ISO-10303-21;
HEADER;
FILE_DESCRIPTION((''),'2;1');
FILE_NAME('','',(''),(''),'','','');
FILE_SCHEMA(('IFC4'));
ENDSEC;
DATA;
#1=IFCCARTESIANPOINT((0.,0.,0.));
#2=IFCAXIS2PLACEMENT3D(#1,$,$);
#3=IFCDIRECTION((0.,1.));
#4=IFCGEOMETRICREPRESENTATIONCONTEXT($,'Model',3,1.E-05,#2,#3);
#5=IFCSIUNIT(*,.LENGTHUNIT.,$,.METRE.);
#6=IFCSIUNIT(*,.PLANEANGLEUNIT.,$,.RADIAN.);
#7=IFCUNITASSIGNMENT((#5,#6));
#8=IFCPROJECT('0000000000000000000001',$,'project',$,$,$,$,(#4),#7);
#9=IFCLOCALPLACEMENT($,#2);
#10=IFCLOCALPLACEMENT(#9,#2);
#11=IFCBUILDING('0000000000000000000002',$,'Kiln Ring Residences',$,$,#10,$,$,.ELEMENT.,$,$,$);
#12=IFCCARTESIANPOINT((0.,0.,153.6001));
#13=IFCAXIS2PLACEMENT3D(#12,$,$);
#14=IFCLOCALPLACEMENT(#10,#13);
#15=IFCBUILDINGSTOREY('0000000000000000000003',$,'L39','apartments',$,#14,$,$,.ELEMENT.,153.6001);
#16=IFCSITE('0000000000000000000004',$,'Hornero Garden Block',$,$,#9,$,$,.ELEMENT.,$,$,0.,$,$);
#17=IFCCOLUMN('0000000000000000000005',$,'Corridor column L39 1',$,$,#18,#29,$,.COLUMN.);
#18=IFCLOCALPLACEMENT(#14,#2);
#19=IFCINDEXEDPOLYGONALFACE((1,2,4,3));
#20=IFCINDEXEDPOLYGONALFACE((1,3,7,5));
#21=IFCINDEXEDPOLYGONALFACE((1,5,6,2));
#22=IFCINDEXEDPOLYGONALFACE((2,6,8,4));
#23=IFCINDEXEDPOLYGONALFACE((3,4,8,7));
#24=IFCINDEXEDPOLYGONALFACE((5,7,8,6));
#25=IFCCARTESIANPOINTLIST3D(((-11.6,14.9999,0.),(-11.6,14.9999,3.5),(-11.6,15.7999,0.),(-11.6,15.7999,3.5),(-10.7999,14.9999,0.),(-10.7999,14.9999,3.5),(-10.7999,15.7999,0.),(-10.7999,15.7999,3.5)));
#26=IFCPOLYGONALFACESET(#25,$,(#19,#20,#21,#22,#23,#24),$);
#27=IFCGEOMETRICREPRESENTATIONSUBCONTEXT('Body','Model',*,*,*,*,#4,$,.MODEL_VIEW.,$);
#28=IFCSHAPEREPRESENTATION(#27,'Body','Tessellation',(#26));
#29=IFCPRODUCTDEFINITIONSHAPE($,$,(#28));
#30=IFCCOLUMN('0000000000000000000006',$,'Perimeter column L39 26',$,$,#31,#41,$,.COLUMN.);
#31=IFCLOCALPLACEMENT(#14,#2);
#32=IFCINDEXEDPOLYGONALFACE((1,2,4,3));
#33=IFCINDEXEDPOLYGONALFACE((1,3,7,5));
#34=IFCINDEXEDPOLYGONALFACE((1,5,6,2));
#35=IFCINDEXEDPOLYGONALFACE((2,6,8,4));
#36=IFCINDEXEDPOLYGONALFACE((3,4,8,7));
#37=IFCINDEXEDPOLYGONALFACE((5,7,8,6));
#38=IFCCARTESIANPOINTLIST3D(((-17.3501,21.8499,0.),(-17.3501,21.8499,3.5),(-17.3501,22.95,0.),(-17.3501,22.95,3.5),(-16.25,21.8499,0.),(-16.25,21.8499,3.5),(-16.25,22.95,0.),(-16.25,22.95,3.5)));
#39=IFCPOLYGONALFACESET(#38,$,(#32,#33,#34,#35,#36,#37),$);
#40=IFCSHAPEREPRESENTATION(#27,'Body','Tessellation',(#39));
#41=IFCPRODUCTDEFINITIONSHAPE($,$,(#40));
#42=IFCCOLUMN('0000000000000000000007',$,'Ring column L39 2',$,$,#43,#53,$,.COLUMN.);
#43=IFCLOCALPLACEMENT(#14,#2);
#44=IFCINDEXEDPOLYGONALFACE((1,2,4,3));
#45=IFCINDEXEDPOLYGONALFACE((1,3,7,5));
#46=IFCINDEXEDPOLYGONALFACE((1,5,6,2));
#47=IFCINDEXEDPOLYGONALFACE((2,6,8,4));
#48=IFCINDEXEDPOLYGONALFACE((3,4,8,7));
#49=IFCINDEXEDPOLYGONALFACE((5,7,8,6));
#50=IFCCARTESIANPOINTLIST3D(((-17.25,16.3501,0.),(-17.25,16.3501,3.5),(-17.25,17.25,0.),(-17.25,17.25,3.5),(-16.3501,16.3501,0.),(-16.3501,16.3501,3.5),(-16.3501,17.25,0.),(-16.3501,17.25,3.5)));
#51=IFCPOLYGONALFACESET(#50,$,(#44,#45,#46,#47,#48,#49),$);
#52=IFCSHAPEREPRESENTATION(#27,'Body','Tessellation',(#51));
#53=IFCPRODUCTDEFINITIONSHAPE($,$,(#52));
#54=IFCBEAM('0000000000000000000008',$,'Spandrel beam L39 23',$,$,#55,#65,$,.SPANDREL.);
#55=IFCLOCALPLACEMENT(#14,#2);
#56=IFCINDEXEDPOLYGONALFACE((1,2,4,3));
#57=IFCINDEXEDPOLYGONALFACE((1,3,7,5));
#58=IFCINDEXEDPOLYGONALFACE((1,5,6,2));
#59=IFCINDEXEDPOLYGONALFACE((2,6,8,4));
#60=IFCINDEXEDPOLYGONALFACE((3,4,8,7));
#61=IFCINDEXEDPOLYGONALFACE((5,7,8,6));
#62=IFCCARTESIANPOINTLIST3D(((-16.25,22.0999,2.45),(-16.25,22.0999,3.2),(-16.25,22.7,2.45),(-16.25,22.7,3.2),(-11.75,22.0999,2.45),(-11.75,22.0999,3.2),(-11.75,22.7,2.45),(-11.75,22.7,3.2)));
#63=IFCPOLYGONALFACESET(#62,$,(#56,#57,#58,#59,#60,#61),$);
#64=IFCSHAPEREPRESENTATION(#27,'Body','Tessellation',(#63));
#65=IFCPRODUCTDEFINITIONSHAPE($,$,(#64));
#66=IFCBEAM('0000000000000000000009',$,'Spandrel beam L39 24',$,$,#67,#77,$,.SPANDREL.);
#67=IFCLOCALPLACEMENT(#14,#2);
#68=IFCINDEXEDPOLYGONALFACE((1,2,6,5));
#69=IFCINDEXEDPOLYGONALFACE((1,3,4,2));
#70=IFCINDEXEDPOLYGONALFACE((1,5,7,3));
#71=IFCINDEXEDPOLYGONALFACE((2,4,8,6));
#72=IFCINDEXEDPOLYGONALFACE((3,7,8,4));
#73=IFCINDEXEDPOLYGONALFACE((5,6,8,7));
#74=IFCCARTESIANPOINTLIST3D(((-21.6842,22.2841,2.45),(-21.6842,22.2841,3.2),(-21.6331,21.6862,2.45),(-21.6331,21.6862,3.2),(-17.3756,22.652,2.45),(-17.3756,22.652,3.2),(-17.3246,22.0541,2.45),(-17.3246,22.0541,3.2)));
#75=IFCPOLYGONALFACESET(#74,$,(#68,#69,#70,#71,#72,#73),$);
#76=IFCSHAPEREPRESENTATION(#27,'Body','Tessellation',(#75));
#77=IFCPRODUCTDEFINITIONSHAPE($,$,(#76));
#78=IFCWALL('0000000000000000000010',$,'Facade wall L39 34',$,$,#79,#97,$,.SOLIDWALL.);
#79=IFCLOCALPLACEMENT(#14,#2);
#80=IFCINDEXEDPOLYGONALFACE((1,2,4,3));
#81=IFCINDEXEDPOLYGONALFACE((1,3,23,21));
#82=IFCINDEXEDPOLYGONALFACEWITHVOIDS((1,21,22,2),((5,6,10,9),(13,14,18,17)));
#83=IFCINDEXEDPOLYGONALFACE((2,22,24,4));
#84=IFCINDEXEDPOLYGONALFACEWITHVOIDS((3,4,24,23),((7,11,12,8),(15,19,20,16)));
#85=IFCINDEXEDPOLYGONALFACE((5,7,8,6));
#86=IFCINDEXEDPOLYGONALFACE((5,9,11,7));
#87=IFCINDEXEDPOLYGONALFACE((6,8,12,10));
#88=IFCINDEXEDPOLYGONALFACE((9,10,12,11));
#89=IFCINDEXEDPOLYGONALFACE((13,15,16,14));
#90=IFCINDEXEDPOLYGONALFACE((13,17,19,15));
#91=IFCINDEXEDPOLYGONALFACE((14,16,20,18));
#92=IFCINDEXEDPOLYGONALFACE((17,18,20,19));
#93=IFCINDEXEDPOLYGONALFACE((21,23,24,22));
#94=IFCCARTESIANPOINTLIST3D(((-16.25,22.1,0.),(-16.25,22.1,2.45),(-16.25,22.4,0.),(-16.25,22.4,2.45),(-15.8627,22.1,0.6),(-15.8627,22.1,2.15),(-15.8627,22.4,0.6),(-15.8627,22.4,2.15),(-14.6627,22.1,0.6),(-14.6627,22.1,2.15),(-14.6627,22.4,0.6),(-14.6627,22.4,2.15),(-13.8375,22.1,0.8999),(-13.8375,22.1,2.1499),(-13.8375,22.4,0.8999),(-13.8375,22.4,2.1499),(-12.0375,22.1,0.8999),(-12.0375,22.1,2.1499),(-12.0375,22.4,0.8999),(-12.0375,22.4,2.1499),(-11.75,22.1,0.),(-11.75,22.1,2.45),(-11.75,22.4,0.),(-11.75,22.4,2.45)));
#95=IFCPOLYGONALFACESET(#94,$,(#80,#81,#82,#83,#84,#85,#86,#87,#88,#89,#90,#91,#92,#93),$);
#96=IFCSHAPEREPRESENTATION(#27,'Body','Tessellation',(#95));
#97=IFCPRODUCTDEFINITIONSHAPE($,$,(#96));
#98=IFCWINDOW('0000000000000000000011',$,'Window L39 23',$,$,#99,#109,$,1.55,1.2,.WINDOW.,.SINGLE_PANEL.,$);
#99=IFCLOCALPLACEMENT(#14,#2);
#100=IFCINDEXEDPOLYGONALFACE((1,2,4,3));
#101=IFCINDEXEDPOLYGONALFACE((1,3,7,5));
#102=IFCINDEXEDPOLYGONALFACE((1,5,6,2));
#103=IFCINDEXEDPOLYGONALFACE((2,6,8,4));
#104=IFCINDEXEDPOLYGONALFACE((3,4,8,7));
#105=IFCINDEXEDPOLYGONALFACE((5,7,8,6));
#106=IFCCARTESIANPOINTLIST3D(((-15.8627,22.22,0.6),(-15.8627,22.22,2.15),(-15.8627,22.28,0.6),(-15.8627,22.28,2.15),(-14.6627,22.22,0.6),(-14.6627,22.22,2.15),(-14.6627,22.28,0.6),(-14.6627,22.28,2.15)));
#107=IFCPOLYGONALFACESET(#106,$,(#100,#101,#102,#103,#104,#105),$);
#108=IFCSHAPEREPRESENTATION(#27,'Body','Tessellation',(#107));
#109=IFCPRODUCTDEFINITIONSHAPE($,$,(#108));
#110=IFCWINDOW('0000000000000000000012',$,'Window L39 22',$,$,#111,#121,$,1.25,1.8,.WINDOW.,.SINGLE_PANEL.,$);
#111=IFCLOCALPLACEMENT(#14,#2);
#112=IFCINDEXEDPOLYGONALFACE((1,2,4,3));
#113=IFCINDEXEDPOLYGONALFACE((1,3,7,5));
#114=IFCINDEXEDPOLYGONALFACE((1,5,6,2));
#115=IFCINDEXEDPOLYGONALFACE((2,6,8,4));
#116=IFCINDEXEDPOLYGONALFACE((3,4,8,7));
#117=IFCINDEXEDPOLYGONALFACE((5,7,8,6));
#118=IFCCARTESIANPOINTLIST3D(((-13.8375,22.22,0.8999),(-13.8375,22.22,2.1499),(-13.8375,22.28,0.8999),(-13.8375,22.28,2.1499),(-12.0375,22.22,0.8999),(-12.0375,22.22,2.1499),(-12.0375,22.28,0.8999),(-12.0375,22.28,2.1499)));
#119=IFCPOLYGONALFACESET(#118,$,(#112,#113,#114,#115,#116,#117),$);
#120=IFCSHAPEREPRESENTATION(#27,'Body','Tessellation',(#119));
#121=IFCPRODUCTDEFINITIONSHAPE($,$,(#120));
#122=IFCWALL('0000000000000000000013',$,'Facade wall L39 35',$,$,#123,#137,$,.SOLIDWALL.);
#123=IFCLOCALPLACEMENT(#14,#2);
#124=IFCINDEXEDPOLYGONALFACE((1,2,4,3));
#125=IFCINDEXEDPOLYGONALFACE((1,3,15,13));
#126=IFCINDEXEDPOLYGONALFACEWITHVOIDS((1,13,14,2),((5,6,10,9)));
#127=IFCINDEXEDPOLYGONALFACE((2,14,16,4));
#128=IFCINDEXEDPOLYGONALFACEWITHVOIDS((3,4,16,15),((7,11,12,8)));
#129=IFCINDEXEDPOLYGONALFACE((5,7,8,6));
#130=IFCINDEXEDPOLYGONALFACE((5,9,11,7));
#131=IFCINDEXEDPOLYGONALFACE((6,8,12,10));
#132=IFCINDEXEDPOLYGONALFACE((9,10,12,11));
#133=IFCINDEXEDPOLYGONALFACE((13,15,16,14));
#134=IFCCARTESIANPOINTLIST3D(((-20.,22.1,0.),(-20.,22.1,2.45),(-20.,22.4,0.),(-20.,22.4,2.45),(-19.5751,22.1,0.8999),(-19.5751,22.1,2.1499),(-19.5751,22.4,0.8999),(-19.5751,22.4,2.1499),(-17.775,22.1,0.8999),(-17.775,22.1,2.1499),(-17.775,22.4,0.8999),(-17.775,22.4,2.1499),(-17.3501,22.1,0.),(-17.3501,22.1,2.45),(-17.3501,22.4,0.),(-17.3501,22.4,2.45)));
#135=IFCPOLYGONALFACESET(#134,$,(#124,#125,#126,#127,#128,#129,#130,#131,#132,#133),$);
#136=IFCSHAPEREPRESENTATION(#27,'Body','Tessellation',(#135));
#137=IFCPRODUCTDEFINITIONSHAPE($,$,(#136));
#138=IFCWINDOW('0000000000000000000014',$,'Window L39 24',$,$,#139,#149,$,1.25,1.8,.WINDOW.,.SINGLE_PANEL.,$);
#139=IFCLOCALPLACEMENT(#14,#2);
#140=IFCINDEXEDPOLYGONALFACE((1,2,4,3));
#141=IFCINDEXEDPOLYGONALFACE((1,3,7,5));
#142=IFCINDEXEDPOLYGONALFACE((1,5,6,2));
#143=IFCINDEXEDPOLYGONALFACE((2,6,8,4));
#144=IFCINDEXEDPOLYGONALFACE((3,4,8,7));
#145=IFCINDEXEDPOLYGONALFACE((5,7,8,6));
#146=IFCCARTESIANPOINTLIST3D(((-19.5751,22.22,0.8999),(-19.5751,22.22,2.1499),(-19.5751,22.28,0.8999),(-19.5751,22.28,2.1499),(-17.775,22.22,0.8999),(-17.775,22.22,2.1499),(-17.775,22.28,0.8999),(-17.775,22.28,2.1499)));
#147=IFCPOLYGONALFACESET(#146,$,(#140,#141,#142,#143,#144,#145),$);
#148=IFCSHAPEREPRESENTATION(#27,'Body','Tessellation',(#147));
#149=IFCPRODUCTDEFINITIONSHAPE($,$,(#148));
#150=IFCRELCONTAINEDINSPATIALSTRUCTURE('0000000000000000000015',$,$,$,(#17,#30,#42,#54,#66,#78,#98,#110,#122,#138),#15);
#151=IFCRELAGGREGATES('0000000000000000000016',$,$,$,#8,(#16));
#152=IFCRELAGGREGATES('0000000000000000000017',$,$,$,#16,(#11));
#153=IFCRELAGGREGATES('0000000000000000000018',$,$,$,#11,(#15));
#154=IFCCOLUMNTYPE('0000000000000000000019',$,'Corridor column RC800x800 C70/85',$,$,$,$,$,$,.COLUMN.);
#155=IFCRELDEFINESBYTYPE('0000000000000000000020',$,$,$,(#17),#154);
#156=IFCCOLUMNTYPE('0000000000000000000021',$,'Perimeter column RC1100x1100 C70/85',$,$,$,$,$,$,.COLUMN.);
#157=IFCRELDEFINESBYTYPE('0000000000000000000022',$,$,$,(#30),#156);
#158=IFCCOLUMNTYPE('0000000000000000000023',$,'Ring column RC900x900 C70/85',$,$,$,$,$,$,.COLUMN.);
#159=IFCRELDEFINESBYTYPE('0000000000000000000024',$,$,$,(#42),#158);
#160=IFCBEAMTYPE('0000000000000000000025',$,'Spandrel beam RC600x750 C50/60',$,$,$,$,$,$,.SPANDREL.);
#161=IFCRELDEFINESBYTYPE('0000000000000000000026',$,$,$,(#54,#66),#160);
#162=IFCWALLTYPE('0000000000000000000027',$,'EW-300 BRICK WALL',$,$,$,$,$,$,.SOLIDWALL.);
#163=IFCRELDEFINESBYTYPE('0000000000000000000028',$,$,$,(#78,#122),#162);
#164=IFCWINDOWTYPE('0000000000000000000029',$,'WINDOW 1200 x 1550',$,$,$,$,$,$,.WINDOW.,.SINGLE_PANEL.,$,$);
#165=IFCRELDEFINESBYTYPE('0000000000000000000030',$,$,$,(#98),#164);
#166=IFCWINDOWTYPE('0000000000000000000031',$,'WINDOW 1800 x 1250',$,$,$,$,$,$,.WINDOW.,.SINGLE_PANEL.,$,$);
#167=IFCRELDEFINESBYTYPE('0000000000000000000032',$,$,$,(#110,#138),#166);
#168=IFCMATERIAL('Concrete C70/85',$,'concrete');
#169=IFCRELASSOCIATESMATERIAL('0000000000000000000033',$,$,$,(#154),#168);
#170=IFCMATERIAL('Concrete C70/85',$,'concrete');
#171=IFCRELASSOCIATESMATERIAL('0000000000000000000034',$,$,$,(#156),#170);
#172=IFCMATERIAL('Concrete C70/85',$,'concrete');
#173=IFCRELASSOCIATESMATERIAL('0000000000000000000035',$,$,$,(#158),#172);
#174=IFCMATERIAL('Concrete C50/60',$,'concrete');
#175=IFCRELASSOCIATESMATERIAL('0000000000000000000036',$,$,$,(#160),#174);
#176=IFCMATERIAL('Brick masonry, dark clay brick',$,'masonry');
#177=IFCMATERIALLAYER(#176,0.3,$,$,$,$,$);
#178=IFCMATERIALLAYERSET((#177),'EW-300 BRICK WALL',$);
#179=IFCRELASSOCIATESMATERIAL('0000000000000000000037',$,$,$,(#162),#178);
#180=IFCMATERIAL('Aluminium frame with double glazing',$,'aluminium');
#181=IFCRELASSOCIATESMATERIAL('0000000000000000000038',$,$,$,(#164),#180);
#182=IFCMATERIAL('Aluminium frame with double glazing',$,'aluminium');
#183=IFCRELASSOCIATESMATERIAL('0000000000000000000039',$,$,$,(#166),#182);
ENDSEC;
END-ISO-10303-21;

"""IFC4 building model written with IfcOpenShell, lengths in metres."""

from ifc_helpers import new_model, si_unit, direction, frame, frame_2d, origin, origin_2d, place, context, subcontext, project, spatial, rectangle, extrude, material, layer, layer_set, material_profile, profile_set, type_object, element, fill, save


model = new_model("IFC4")

# Units and contexts
model_context = context("Model", 3, precision=1e-05, world=origin(), true_north=direction((0.0, 1.0)))
body_context = subcontext(model_context, "Body", "Model", "MODEL_VIEW")
ifc_project = project(units=[si_unit("LENGTHUNIT", "METRE"), si_unit("PLANEANGLEUNIT", "RADIAN")], contexts=[model_context])

# Site, building, storey
site_placement = place(None, origin())
site = spatial("IfcSite", under=ifc_project, at=site_placement, Name="Hornero Garden Block", CompositionType="ELEMENT", RefElevation=0.0)
building_placement = place(site_placement, origin())
building = spatial("IfcBuilding", under=site, at=building_placement, Name="Kiln Ring Residences", CompositionType="ELEMENT")
storey_placement = place(building_placement, frame((0.0, 0.0, 153.6001)))
storey = spatial("IfcBuildingStorey", under=building, at=storey_placement, Name="L39", Description="apartments", CompositionType="ELEMENT", Elevation=153.6001)

# Columns
ifc_material_1 = material(Name="Concrete C70/85", Category="concrete")
ifc_material_profile_1 = material_profile(ifc_material_1, rectangle(XDim=0.8, YDim=0.8, at=origin_2d()), Name="RC800x800")
ifc_profile_set_1 = profile_set([ifc_material_profile_1], Name="Concrete C70/85")
column_type_1 = type_object("IfcColumnType", Name="Corridor column RC800x800 C70/85", PredefinedType="COLUMN", material=ifc_profile_set_1)
column_1_placement = place(storey_placement, frame((-11.2, 15.3999, 0.0), z_axis=(0.0, 0.0, 1.0), x_axis=(1.0, 0.0, 0.0)))
element("IfcColumn", 1, at=column_1_placement, inside=storey, type_object=column_type_1, Name="Corridor column L39 1", PredefinedType="COLUMN", context=body_context, shape_type="SweptSolid", body=[
    extrude(rectangle(XDim=0.8, YDim=0.8, at=origin_2d()), origin(), (0.0, 0.0, 1.0), 3.5),
])
ifc_material_2 = material(Name="Concrete C70/85", Category="concrete")
ifc_material_profile_2 = material_profile(ifc_material_2, rectangle(XDim=1.1001, YDim=1.1001, at=origin_2d()), Name="RC1100x1100")
ifc_profile_set_2 = profile_set([ifc_material_profile_2], Name="Concrete C70/85")
column_type_2 = type_object("IfcColumnType", Name="Perimeter column RC1100x1100 C70/85", PredefinedType="COLUMN", material=ifc_profile_set_2)
column_2_placement = place(storey_placement, frame((-16.8, 22.3999, 0.0), z_axis=(0.0, 0.0, 1.0), x_axis=(1.0, 0.0, 0.0)))
element("IfcColumn", 2, at=column_2_placement, inside=storey, type_object=column_type_2, Name="Perimeter column L39 26", PredefinedType="COLUMN", context=body_context, shape_type="SweptSolid", body=[
    extrude(rectangle(XDim=1.1001, YDim=1.1001, at=origin_2d()), origin(), (0.0, 0.0, 1.0), 3.5),
])
ifc_material_3 = material(Name="Concrete C70/85", Category="concrete")
ifc_material_profile_3 = material_profile(ifc_material_3, rectangle(XDim=0.8999, YDim=0.8999, at=origin_2d()), Name="RC900x900")
ifc_profile_set_3 = profile_set([ifc_material_profile_3], Name="Concrete C70/85")
column_type_3 = type_object("IfcColumnType", Name="Ring column RC900x900 C70/85", PredefinedType="COLUMN", material=ifc_profile_set_3)
column_3_placement = place(storey_placement, frame((-16.8, 16.8, 0.0), z_axis=(0.0, 0.0, 1.0), x_axis=(1.0, 0.0, 0.0)))
element("IfcColumn", 3, at=column_3_placement, inside=storey, type_object=column_type_3, Name="Ring column L39 2", PredefinedType="COLUMN", context=body_context, shape_type="SweptSolid", body=[
    extrude(rectangle(XDim=0.8999, YDim=0.8999, at=origin_2d()), origin(), (0.0, 0.0, 1.0), 3.5),
])

# Beams
ifc_material_4 = material(Name="Concrete C50/60", Category="concrete")
ifc_material_profile_4 = material_profile(ifc_material_4, rectangle(XDim=0.6001, YDim=0.75, at=origin_2d()), Name="RC600x750")
ifc_profile_set_4 = profile_set([ifc_material_profile_4], Name="Concrete C50/60")
beam_type = type_object("IfcBeamType", Name="Spandrel beam RC600x750 C50/60", PredefinedType="SPANDREL", material=ifc_profile_set_4)
beam_1_placement = place(storey_placement, frame((-11.75, 22.3999, 2.825), z_axis=(-1.0, 0.0, 0.0), x_axis=(0.0, -1.0, 0.0)))
element("IfcBeam", 4, at=beam_1_placement, inside=storey, type_object=beam_type, Name="Spandrel beam L39 23", PredefinedType="SPANDREL", context=body_context, shape_type="SweptSolid", body=[
    extrude(rectangle(XDim=0.6001, YDim=0.75, at=origin_2d()), origin(), (0.0, 0.0, 1.0), 4.5),
])
beam_2_placement = place(storey_placement, frame((-17.3501, 22.353, 2.825), z_axis=(-0.996374, -0.085082, 0.0), x_axis=(0.085082, -0.996374, 0.0)))
element("IfcBeam", 5, at=beam_2_placement, inside=storey, type_object=beam_type, Name="Spandrel beam L39 24", PredefinedType="SPANDREL", context=body_context, shape_type="SweptSolid", body=[
    extrude(rectangle(XDim=0.6001, YDim=0.75, at=origin_2d()), origin(), (0.0, 0.0, 1.0), 4.3242),
])

# Wall, openings, windows
ifc_material_5 = material(Name="Brick masonry, dark clay brick", Category="masonry")
ifc_layer_1 = layer(ifc_material_5, 0.3)
ifc_layer_set_1 = layer_set([ifc_layer_1], Name="EW-300 BRICK WALL")
wall_type_1 = type_object("IfcWallType", Name="EW-300 BRICK WALL", PredefinedType="SOLIDWALL", material=ifc_layer_set_1)
wall_1_placement = place(storey_placement, frame((-11.75, 22.25, 0.0), z_axis=(0.0, 0.0, 1.0), x_axis=(-1.0, 0.0, 0.0)))
wall_1 = element("IfcWall", 6, at=wall_1_placement, inside=storey, type_object=wall_type_1, Name="Facade wall L39 34", PredefinedType="SOLIDWALL", context=body_context, shape_type="SweptSolid", body=[
    extrude(rectangle(XDim=4.5, YDim=0.3, at=frame_2d((2.25, 0.0))), origin(), (0.0, 0.0, 1.0), 2.45),
])
opening_1_placement = place(wall_1_placement, frame((0.2876, 0.0, 0.8999)))
opening_1 = element("IfcOpeningElement", 7, at=opening_1_placement, cuts=wall_1, PredefinedType="OPENING", context=body_context, shape_type="SweptSolid", body=[
    extrude(rectangle(XDim=1.8, YDim=1.25, at=frame_2d((0.8999, 0.625))), frame((0.0, 0.1599, 0.0), z_axis=(0.0, -1.0, 0.0), x_axis=(1.0, 0.0, 0.0)), (0.0, 0.0, 1.0), 0.3201),
])
opening_2_placement = place(wall_1_placement, frame((2.9126, 0.0, 0.6001)))
opening_2 = element("IfcOpeningElement", 8, at=opening_2_placement, cuts=wall_1, PredefinedType="OPENING", context=body_context, shape_type="SweptSolid", body=[
    extrude(rectangle(XDim=1.2, YDim=1.55, at=frame_2d((0.6001, 0.7749))), frame((0.0, 0.1599, 0.0), z_axis=(0.0, -1.0, 0.0), x_axis=(1.0, 0.0, 0.0)), (0.0, 0.0, 1.0), 0.3201),
])
ifc_material_6 = material(Name="Aluminium frame with double glazing", Category="aluminium")
window_type_1 = type_object("IfcWindowType", Name="WINDOW 1200 x 1550", PartitioningType="SINGLE_PANEL", PredefinedType="WINDOW", material=ifc_material_6)
window_1_placement = place(opening_2_placement, origin())
window_1 = element("IfcWindow", 9, at=window_1_placement, inside=storey, type_object=window_type_1, Name="Window L39 23", OverallHeight=1.55, OverallWidth=1.2, PartitioningType="SINGLE_PANEL", PredefinedType="WINDOW", context=body_context, shape_type="SweptSolid", body=[
    extrude(rectangle(XDim=1.2, YDim=1.55, at=frame_2d((0.6001, 0.7749))), frame((0.0, 0.03, 0.0), z_axis=(0.0, -1.0, 0.0), x_axis=(1.0, 0.0, 0.0)), (0.0, 0.0, 1.0), 0.0601),
])
fill(opening_2, window_1)
ifc_material_7 = material(Name="Aluminium frame with double glazing", Category="aluminium")
window_type_2 = type_object("IfcWindowType", Name="WINDOW 1800 x 1250", PartitioningType="SINGLE_PANEL", PredefinedType="WINDOW", material=ifc_material_7)
window_2_placement = place(opening_1_placement, origin())
window_2 = element("IfcWindow", 10, at=window_2_placement, inside=storey, type_object=window_type_2, Name="Window L39 22", OverallHeight=1.25, OverallWidth=1.8, PartitioningType="SINGLE_PANEL", PredefinedType="WINDOW", context=body_context, shape_type="SweptSolid", body=[
    extrude(rectangle(XDim=1.8, YDim=1.25, at=frame_2d((0.8999, 0.625))), frame((0.0, 0.03, 0.0), z_axis=(0.0, -1.0, 0.0), x_axis=(1.0, 0.0, 0.0)), (0.0, 0.0, 1.0), 0.0601),
])
fill(opening_1, window_2)

# Wall, opening, window
wall_2_placement = place(storey_placement, frame((-17.3501, 22.25, 0.0), z_axis=(0.0, 0.0, 1.0), x_axis=(-1.0, 0.0, 0.0)))
wall_2 = element("IfcWall", 11, at=wall_2_placement, inside=storey, type_object=wall_type_1, Name="Facade wall L39 35", PredefinedType="SOLIDWALL", context=body_context, shape_type="SweptSolid", body=[
    extrude(rectangle(XDim=2.6499, YDim=0.3, at=frame_2d((1.325, 0.0))), origin(), (0.0, 0.0, 1.0), 2.45),
])
opening_3_placement = place(wall_2_placement, frame((0.425, 0.0, 0.8999)))
opening_3 = element("IfcOpeningElement", 12, at=opening_3_placement, cuts=wall_2, PredefinedType="OPENING", context=body_context, shape_type="SweptSolid", body=[
    extrude(rectangle(XDim=1.8, YDim=1.25, at=frame_2d((0.8999, 0.625))), frame((0.0, 0.1599, 0.0), z_axis=(0.0, -1.0, 0.0), x_axis=(1.0, 0.0, 0.0)), (0.0, 0.0, 1.0), 0.3201),
])
window_3_placement = place(opening_3_placement, origin())
window_3 = element("IfcWindow", 13, at=window_3_placement, inside=storey, type_object=window_type_2, Name="Window L39 24", OverallHeight=1.25, OverallWidth=1.8, PartitioningType="SINGLE_PANEL", PredefinedType="WINDOW", context=body_context, shape_type="SweptSolid", body=[
    extrude(rectangle(XDim=1.8, YDim=1.25, at=frame_2d((0.8999, 0.625))), frame((0.0, 0.03, 0.0), z_axis=(0.0, -1.0, 0.0), x_axis=(1.0, 0.0, 0.0)), (0.0, 0.0, 1.0), 0.0601),
])
fill(opening_3, window_3)

save(model, "model.ifc")
